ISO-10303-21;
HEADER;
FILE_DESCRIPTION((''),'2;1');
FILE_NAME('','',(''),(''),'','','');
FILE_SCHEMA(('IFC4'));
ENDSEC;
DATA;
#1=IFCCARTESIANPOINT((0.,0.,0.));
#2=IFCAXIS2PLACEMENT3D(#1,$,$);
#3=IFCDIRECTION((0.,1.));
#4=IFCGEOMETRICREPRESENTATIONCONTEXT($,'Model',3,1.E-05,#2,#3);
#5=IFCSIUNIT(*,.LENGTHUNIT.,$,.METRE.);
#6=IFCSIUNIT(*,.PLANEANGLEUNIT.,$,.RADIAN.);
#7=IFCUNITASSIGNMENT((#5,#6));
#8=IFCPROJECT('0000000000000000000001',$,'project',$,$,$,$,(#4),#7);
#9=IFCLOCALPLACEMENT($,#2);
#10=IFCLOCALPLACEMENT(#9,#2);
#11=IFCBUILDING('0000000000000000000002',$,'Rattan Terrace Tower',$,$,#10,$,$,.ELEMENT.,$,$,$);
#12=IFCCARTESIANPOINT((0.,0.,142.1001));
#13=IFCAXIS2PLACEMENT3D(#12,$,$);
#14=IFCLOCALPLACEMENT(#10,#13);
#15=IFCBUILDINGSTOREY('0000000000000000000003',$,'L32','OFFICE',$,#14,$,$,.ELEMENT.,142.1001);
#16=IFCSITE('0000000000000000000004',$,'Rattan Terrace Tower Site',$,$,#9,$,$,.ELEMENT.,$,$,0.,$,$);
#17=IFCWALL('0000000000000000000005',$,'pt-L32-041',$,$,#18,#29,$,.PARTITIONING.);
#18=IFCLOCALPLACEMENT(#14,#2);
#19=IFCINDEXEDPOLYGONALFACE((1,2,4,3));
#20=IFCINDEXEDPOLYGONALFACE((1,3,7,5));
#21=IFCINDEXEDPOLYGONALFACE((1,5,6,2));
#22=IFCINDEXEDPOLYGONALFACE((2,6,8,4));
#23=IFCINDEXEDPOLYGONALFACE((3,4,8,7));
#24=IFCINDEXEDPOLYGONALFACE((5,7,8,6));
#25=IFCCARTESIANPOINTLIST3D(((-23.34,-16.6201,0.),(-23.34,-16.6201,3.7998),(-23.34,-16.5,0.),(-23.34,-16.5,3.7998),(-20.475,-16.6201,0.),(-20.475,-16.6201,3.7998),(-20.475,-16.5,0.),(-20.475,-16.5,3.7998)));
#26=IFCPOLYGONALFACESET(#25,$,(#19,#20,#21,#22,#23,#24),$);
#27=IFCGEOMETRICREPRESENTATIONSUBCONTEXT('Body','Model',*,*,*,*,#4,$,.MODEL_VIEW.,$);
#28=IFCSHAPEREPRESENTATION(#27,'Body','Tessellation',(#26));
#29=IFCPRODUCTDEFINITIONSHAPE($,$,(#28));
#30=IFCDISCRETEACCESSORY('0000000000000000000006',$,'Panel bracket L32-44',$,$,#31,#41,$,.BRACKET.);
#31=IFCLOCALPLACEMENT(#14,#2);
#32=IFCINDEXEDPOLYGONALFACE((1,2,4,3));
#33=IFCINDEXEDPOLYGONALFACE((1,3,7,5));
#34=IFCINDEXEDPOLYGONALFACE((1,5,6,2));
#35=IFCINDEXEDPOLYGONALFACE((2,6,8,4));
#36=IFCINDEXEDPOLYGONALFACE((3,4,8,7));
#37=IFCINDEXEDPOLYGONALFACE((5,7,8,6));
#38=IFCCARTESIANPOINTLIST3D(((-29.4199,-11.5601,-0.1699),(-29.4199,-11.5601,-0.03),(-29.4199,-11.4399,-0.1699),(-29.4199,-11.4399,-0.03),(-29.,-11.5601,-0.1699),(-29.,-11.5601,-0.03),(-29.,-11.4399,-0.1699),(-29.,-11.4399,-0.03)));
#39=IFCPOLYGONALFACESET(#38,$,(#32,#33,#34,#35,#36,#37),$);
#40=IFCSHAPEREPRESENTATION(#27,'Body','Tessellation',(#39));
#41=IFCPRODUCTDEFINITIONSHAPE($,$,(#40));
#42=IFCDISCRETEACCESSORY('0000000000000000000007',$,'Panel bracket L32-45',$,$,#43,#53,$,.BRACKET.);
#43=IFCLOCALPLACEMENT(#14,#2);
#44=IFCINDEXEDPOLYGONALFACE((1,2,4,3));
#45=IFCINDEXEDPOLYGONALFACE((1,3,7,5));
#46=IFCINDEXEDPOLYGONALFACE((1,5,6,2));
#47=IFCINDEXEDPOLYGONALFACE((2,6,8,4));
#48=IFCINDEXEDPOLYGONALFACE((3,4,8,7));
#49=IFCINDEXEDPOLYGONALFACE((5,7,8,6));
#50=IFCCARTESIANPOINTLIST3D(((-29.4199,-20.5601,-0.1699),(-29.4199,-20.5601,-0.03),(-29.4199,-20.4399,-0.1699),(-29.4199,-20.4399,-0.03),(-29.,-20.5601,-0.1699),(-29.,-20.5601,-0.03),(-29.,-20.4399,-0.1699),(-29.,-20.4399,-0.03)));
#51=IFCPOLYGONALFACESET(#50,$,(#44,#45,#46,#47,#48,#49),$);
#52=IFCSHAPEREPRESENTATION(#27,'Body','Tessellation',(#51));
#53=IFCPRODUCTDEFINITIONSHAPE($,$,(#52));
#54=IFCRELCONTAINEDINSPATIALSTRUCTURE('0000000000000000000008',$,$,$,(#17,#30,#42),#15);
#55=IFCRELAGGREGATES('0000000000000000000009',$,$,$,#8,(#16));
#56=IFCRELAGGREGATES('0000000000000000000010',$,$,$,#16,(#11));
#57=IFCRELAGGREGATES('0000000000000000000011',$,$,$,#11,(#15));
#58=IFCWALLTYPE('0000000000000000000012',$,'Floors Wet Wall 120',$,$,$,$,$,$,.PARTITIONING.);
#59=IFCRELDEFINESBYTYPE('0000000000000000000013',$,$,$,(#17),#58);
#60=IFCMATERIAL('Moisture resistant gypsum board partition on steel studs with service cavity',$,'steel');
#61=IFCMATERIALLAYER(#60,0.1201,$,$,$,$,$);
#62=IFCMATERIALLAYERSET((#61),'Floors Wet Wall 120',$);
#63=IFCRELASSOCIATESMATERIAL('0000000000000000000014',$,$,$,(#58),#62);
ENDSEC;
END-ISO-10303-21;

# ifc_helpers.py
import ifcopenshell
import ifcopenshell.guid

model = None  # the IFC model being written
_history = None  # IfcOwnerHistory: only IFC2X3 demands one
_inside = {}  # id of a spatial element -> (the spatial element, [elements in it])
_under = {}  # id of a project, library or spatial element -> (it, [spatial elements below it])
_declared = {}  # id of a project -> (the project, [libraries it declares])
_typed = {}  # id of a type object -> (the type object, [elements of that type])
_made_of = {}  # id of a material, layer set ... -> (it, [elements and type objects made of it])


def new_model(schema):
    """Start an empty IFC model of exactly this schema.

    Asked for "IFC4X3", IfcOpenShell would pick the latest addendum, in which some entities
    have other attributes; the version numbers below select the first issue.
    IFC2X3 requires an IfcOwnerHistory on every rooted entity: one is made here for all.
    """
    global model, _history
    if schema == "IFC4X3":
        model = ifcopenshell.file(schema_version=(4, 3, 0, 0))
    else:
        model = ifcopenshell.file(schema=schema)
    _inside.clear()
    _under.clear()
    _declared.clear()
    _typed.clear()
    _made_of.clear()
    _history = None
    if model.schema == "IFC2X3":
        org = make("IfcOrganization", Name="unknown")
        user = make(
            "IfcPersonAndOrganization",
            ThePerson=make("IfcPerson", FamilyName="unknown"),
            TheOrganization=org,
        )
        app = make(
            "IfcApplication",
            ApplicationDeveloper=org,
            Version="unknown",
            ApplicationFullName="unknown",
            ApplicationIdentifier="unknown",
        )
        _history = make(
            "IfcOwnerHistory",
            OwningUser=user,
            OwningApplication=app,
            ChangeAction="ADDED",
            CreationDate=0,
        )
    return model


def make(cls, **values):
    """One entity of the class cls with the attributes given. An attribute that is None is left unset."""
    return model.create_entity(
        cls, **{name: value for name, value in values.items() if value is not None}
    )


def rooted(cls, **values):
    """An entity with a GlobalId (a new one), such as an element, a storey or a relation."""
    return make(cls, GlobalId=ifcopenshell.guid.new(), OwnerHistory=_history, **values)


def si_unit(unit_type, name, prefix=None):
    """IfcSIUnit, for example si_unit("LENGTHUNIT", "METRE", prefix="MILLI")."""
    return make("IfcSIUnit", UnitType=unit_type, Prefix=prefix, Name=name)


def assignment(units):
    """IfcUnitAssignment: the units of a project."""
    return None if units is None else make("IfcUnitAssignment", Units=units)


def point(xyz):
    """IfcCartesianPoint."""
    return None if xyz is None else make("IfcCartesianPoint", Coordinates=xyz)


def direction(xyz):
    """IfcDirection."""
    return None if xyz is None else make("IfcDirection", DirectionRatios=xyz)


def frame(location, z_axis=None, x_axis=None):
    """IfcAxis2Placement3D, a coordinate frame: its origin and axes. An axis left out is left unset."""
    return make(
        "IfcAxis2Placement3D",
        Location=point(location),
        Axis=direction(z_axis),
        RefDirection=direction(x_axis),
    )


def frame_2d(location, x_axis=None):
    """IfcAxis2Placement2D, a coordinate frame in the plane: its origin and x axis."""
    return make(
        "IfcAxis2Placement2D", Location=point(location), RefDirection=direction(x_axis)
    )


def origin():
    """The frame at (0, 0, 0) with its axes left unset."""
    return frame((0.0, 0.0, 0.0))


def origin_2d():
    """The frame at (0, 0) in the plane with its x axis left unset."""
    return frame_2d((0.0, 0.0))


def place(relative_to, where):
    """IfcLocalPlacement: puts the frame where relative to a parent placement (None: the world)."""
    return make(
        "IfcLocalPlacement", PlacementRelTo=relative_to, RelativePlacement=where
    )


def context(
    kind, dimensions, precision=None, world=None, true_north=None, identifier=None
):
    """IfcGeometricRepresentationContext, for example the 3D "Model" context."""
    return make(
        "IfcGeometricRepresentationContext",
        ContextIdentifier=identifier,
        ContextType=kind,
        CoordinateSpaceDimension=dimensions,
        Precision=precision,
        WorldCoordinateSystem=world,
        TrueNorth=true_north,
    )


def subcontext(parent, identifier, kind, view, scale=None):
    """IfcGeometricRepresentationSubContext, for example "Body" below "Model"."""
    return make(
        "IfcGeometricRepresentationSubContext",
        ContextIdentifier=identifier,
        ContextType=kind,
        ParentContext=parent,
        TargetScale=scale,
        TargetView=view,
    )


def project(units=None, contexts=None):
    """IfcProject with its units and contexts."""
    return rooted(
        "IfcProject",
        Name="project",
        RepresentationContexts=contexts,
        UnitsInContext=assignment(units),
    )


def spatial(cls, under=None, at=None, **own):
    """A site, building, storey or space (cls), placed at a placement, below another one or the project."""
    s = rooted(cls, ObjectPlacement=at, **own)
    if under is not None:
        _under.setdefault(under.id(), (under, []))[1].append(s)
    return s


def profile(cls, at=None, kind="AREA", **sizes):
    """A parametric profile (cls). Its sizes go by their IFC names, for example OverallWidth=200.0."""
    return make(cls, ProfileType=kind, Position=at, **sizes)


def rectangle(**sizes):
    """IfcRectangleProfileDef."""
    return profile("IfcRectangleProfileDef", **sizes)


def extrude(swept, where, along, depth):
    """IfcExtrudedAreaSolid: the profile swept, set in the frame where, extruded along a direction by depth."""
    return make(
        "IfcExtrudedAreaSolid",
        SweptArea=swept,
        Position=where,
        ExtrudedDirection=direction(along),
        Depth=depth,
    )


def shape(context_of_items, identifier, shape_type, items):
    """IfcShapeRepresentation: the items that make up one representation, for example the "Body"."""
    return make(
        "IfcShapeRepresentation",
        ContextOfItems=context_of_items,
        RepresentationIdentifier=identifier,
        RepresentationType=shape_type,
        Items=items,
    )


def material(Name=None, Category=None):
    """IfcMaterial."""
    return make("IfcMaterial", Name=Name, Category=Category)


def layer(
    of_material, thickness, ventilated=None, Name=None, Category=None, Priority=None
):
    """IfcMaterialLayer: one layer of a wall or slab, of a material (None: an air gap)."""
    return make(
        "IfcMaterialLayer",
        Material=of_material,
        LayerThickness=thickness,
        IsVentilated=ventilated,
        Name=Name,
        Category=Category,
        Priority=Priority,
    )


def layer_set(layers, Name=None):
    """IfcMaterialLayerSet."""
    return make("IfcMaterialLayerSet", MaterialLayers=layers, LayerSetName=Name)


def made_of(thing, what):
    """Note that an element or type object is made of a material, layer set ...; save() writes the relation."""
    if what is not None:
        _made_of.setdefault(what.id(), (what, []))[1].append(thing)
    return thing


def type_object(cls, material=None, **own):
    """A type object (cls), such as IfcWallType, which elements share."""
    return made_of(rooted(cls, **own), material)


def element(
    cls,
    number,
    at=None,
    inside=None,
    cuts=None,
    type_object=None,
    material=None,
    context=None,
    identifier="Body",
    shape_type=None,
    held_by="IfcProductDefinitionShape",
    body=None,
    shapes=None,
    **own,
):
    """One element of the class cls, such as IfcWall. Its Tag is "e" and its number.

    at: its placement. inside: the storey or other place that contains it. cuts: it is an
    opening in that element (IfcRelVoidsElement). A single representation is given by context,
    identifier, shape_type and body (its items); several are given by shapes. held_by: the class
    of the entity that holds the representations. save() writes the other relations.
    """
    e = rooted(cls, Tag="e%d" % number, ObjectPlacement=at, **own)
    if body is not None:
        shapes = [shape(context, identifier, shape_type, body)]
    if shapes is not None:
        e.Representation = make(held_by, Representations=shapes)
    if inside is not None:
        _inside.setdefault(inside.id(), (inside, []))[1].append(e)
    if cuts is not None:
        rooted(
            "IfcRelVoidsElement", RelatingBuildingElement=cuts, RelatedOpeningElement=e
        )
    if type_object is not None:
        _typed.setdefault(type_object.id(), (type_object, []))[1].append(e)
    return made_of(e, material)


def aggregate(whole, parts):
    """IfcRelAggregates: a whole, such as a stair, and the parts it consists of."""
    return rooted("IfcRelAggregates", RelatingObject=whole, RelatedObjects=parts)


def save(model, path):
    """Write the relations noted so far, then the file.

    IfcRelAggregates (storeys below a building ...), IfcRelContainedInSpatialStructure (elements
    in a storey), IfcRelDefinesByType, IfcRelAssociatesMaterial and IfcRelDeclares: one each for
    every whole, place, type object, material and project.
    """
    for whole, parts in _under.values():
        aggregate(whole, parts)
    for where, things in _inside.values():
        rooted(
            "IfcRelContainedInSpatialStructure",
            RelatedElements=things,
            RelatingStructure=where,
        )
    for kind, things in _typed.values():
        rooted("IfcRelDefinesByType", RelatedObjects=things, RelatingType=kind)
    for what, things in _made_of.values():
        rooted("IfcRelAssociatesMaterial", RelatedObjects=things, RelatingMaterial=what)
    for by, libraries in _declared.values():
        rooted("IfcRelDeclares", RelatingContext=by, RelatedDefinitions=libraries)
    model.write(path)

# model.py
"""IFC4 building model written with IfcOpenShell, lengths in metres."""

from ifc_helpers import new_model, si_unit, direction, frame, frame_2d, origin, origin_2d, place, context, subcontext, project, spatial, rectangle, extrude, material, layer, layer_set, type_object, element, save


model = new_model("IFC4")

# Units and contexts
model_context = context("Model", 3, precision=1e-05, world=origin(), true_north=direction((0.0, 1.0)))
body_context = subcontext(model_context, "Body", "Model", "MODEL_VIEW")
ifc_project = project(units=[si_unit("LENGTHUNIT", "METRE"), si_unit("PLANEANGLEUNIT", "RADIAN")], contexts=[model_context])

# Site, building, storey
site_placement = place(None, origin())
site = spatial("IfcSite", under=ifc_project, at=site_placement, Name="Rattan Terrace Tower Site", CompositionType="ELEMENT", RefElevation=0.0)
building_placement = place(site_placement, origin())
building = spatial("IfcBuilding", under=site, at=building_placement, Name="Rattan Terrace Tower", CompositionType="ELEMENT")
storey_placement = place(building_placement, frame((0.0, 0.0, 142.1001)))
storey = spatial("IfcBuildingStorey", under=building, at=storey_placement, Name="L32", Description="OFFICE", CompositionType="ELEMENT", Elevation=142.1001)

# Shared definitions
ifc_material_1 = material(Name="Moisture resistant gypsum board partition on steel studs with service cavity", Category="steel")
ifc_layer_1 = layer(ifc_material_1, 0.1201)
ifc_layer_set_1 = layer_set([ifc_layer_1], Name="Floors Wet Wall 120")
wall_type_1 = type_object("IfcWallType", Name="Floors Wet Wall 120", PredefinedType="PARTITIONING", material=ifc_layer_set_1)

# Wall
for number, where, z_axis, x_axis, name in (
    (1, (-23.3401, -16.5601, 0.0), (0.0, 0.0, 1.0), (1.0, 0.0, 0.0), "pt-L32-041"),
):
    element("IfcWall", number, at=place(storey_placement, frame(where, z_axis=z_axis, x_axis=x_axis)), inside=storey, type_object=wall_type_1, Name=name, PredefinedType="PARTITIONING", context=body_context, shape_type="SweptSolid", body=[
        extrude(rectangle(XDim=2.865, YDim=0.1201, at=frame_2d((1.4326, 0.0))), origin(), (0.0, 0.0, 1.0), 3.7998),
    ])

# Discrete accessories
for number, where, z_axis, x_axis, name in (
    (2, (-29.21, -11.5, -0.1699), (0.0, 0.0, 1.0), (0.0, -1.0, 0.0), "Panel bracket L32-44"),
    (3, (-29.21, -20.5, -0.1699), (0.0, 0.0, 1.0), (0.0, -1.0, 0.0), "Panel bracket L32-45"),
):
    element("IfcDiscreteAccessory", number, at=place(storey_placement, frame(where, z_axis=z_axis, x_axis=x_axis)), inside=storey, Name=name, PredefinedType="BRACKET", context=body_context, shape_type="SweptSolid", body=[
        extrude(rectangle(XDim=0.1201, YDim=0.4199, at=origin_2d()), origin(), (0.0, 0.0, 1.0), 0.1399),
    ])

save(model, "model.ifc")
